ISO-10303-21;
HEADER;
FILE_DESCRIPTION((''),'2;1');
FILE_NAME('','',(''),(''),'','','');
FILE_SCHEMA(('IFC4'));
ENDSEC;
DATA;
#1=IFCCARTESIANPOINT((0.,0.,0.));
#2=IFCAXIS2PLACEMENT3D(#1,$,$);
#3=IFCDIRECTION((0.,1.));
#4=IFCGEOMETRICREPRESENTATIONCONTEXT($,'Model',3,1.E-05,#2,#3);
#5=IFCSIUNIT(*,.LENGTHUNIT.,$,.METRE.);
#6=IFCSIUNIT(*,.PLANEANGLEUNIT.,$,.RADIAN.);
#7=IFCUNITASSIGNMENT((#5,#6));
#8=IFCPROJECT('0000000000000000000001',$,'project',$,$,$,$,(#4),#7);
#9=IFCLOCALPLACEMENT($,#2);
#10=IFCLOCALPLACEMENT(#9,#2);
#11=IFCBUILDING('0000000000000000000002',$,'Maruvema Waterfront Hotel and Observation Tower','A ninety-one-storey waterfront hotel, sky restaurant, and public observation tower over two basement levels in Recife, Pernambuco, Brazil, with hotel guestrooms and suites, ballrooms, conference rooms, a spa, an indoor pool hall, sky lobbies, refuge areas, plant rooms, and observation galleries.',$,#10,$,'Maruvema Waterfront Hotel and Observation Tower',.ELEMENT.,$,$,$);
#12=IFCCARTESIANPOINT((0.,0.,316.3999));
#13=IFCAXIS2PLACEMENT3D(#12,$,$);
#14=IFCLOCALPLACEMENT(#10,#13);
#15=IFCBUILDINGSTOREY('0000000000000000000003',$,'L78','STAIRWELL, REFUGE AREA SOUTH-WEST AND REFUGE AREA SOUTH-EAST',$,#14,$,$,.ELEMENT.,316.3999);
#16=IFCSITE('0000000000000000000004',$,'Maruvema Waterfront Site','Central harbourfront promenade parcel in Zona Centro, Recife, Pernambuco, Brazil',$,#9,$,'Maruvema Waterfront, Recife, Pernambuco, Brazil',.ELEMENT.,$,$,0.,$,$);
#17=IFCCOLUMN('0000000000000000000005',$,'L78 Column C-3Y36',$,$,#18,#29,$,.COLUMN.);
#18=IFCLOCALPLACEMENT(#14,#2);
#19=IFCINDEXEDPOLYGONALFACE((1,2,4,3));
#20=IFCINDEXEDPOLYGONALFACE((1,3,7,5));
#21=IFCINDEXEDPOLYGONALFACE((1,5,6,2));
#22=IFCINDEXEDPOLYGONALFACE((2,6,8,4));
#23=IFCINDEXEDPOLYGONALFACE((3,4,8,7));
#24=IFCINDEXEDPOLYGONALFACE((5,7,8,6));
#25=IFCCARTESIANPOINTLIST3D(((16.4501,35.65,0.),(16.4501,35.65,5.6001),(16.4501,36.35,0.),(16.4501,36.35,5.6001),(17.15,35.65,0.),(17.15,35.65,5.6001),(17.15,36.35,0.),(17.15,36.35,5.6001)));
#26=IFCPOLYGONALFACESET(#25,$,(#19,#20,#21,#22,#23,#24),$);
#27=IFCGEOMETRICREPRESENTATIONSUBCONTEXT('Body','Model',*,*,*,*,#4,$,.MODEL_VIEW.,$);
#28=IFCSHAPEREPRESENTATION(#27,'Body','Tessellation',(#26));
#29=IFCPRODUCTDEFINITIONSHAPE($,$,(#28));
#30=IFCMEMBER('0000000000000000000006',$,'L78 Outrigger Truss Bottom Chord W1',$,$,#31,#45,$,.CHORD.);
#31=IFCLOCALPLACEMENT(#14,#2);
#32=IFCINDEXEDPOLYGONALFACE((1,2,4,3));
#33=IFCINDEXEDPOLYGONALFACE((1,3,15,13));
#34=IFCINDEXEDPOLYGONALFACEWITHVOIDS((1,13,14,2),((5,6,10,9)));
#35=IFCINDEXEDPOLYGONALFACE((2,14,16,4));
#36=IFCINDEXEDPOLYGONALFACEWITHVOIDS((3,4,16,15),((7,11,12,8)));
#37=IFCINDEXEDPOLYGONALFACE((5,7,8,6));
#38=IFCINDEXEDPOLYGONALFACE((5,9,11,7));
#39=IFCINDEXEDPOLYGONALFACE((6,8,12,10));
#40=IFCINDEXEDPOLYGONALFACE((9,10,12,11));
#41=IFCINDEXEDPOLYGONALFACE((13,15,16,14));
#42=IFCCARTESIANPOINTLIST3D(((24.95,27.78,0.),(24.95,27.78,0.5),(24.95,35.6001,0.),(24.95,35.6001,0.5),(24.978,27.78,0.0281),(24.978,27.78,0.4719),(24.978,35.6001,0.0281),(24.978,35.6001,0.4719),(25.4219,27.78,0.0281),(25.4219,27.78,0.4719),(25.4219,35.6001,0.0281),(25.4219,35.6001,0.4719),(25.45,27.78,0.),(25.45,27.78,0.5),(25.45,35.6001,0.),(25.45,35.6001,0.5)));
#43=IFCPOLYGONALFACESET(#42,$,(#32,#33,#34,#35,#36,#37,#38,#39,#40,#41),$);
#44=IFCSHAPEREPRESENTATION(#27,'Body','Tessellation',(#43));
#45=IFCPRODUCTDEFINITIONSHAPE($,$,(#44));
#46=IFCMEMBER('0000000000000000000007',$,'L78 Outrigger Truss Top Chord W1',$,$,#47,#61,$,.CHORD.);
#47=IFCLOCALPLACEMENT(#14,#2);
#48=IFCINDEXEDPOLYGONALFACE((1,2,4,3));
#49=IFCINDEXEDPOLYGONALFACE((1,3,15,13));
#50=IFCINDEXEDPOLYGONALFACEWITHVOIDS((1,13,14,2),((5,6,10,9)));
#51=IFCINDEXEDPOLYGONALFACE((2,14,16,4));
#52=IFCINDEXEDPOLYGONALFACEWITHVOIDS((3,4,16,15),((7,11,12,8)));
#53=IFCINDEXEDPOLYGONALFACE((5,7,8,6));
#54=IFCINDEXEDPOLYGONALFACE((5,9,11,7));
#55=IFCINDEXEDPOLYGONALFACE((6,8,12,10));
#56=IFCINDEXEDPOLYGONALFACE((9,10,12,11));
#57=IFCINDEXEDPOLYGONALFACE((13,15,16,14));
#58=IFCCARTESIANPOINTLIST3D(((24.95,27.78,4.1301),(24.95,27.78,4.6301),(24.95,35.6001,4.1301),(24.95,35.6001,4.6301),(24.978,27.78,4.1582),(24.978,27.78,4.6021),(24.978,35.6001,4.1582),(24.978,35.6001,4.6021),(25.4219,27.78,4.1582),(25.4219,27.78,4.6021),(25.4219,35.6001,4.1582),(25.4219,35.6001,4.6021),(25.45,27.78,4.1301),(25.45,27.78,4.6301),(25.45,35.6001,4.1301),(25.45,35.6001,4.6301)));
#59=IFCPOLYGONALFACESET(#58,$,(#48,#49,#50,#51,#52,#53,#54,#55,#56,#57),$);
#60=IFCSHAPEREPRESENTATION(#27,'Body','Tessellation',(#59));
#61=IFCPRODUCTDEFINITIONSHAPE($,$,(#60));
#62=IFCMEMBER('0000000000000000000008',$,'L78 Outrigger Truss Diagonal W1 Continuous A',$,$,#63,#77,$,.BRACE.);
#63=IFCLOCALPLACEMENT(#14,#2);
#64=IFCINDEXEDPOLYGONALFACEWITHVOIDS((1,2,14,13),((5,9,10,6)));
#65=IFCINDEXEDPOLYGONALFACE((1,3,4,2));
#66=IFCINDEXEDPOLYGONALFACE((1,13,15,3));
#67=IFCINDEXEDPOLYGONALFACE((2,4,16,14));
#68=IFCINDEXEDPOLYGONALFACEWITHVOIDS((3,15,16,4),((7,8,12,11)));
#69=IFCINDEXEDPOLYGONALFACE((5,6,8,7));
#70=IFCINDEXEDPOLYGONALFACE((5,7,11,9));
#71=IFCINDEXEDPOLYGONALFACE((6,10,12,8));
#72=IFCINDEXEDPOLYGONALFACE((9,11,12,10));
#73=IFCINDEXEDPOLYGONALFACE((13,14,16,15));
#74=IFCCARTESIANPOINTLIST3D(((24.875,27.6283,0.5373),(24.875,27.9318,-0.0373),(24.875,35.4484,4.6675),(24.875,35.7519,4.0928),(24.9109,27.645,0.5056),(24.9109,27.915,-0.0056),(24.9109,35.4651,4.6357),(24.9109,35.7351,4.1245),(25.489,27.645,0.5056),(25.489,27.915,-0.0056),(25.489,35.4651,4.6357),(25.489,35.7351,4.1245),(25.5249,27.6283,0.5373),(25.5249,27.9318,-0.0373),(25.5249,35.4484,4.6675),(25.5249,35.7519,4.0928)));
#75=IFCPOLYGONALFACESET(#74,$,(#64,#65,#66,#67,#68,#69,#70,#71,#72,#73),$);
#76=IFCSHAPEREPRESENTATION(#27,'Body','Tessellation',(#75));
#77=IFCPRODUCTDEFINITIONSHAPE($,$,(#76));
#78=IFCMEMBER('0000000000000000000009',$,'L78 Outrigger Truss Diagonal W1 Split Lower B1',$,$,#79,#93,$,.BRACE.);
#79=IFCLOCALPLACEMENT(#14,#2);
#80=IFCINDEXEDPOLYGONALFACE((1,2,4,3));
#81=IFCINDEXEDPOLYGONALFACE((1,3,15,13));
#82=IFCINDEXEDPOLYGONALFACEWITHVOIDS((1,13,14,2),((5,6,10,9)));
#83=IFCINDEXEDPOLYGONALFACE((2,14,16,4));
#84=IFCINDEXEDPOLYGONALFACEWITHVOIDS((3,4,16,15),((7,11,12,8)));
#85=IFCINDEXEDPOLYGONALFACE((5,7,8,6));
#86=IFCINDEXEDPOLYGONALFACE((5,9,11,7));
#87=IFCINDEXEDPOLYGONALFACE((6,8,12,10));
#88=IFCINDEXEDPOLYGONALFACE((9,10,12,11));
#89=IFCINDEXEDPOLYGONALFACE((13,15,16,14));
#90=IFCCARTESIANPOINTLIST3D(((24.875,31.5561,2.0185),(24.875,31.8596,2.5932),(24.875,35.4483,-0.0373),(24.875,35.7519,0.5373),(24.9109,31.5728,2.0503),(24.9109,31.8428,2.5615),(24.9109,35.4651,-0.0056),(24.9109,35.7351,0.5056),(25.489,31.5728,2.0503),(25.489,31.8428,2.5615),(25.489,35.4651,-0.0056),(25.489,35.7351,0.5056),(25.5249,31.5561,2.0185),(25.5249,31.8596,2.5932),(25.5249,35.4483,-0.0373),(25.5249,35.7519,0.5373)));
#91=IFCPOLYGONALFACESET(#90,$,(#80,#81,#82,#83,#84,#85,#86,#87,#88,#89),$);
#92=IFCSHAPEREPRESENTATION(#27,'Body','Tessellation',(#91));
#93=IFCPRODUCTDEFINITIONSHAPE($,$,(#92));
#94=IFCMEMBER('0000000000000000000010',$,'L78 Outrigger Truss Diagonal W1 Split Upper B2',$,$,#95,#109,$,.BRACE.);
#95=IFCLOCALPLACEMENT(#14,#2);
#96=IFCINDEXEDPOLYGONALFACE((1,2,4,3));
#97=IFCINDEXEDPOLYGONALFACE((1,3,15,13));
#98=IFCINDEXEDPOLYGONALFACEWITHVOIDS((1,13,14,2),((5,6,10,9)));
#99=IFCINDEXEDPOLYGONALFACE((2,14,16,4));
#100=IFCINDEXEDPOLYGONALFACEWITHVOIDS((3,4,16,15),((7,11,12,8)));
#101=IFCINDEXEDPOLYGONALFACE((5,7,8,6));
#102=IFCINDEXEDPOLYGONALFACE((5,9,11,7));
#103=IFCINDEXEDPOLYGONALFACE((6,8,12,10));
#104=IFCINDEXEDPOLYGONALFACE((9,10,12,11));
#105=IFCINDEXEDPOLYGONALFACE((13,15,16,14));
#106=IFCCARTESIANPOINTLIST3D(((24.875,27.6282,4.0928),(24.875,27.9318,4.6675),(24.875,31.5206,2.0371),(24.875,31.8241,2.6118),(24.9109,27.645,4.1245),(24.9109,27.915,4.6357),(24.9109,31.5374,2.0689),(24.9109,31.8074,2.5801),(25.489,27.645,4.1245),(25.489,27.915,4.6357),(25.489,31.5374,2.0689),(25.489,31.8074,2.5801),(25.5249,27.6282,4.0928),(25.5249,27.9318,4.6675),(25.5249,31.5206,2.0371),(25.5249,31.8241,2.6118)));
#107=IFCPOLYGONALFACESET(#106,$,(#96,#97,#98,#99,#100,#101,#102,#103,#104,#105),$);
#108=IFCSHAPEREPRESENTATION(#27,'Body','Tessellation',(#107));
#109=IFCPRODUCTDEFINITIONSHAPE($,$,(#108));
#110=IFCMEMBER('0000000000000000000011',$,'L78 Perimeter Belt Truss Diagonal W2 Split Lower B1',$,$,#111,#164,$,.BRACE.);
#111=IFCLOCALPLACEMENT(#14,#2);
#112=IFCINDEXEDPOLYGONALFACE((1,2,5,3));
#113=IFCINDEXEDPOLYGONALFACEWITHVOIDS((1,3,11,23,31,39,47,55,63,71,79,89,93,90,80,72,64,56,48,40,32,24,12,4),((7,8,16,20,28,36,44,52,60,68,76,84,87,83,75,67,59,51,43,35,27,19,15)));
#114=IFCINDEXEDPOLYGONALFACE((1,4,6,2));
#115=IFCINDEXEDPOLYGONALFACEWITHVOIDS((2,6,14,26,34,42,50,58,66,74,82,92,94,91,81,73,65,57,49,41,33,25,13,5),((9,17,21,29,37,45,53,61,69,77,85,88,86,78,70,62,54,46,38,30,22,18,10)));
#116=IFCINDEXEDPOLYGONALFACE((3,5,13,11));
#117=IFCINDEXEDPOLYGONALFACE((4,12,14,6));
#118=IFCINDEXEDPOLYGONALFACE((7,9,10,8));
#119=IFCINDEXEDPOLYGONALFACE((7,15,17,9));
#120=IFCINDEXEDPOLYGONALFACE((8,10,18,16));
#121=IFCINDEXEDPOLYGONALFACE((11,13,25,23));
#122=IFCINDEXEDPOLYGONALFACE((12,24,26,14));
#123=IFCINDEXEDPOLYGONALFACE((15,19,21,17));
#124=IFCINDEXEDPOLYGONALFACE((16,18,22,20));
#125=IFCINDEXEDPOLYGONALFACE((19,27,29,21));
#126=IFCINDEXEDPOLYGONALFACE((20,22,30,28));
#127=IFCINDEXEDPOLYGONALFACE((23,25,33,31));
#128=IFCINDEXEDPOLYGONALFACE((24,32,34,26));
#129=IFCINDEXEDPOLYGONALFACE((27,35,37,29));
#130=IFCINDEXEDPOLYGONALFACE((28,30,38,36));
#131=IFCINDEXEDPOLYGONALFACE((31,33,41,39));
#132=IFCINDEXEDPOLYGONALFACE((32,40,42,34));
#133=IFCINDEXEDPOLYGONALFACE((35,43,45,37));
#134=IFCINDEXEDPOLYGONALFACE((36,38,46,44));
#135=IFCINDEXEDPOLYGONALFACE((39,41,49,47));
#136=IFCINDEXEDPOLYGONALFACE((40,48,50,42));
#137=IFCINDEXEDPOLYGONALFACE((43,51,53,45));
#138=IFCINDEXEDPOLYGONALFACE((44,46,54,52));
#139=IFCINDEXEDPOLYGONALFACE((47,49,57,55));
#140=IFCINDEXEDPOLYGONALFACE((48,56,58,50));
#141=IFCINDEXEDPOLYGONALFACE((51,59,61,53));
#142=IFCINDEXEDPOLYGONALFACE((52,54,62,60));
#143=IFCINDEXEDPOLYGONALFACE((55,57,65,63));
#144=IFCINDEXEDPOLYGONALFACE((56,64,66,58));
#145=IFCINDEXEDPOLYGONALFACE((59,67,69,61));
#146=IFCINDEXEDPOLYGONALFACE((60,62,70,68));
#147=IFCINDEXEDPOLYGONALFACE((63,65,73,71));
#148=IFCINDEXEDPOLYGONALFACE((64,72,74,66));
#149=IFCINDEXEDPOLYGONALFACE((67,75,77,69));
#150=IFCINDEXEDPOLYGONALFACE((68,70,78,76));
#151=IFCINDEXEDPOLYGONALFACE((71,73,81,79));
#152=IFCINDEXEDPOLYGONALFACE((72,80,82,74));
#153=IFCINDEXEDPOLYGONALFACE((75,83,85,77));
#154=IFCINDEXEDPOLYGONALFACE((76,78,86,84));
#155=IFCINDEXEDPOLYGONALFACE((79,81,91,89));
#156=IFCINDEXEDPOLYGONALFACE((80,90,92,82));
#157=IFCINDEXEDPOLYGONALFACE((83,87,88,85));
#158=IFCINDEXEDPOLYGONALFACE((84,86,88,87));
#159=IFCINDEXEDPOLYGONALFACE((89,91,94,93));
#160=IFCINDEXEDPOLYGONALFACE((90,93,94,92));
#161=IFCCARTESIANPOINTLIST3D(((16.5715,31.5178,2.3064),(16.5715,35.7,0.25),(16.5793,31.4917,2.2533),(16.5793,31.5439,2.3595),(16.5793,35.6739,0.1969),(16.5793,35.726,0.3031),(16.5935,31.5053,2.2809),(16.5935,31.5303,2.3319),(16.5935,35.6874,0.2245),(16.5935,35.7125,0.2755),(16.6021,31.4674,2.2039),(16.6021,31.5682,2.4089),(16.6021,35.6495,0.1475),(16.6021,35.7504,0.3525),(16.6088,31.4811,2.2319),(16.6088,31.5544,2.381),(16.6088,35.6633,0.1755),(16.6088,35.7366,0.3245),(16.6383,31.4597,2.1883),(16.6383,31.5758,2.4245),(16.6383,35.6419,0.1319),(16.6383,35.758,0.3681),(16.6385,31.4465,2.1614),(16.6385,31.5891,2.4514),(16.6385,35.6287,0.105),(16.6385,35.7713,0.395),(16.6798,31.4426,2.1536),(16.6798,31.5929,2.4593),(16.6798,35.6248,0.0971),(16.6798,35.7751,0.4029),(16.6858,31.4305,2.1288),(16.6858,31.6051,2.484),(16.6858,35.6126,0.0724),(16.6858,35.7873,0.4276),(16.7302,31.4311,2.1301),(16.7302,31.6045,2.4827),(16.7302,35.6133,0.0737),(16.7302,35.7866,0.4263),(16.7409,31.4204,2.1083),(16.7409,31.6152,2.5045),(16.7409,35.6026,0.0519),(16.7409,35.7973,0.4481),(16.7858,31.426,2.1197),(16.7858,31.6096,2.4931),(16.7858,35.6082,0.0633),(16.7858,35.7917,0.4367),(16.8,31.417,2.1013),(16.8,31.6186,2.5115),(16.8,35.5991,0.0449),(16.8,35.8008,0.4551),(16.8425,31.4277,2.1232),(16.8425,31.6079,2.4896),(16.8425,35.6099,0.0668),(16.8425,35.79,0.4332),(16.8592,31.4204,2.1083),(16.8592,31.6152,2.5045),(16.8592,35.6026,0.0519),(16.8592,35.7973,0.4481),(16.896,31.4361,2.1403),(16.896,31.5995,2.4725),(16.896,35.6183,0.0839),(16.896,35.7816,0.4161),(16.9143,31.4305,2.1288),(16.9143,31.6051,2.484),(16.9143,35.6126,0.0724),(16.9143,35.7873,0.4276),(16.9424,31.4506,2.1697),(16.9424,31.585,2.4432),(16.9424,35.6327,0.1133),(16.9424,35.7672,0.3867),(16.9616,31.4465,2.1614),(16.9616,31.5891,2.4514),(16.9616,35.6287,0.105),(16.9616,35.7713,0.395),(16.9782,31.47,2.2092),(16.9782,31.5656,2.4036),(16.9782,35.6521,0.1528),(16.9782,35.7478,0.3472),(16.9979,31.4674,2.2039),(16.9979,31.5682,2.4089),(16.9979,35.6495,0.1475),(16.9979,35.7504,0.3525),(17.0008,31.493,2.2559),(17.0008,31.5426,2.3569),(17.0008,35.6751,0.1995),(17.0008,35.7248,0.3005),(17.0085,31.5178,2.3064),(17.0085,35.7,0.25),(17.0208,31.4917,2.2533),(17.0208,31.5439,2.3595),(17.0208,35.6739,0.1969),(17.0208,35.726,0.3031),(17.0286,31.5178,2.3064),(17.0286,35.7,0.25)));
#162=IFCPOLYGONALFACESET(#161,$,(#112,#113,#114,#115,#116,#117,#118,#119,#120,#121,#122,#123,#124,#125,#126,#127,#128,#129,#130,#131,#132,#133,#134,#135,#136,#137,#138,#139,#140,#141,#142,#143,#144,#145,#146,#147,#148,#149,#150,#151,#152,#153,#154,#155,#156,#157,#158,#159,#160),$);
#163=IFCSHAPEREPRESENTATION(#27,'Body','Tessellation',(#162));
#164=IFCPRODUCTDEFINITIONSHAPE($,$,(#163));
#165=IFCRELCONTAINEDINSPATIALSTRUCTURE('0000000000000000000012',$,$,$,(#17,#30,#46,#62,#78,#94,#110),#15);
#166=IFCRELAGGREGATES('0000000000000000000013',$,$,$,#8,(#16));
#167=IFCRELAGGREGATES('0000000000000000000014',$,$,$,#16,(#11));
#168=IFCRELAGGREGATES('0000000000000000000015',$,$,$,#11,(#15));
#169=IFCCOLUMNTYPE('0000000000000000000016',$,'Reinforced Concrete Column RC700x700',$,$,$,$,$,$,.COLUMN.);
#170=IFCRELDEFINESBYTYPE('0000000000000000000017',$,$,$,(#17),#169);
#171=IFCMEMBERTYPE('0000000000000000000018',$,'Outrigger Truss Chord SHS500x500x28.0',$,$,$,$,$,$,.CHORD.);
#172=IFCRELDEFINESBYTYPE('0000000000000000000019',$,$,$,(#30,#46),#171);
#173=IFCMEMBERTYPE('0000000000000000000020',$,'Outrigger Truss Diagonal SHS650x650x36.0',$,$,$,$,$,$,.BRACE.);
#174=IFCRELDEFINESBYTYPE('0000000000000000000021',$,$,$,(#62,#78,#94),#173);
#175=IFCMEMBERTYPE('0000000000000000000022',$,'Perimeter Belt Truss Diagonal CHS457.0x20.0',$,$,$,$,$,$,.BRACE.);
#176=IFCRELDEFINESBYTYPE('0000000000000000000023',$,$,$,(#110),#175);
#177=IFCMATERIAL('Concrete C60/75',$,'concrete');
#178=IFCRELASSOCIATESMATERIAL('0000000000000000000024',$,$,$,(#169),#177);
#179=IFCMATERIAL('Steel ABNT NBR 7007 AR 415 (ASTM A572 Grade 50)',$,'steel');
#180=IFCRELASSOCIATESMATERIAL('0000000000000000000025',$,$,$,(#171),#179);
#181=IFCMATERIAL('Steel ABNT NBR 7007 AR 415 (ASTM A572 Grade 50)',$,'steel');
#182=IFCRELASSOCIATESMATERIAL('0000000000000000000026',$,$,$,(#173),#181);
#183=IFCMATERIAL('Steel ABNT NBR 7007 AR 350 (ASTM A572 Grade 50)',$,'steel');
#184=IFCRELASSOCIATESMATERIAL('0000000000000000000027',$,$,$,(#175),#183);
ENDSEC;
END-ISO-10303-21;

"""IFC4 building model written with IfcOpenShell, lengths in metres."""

from ifc_helpers import new_model, si_unit, direction, frame, origin, origin_2d, place, context, subcontext, project, spatial, rectangle, hollow_rectangle, hollow_circle, extrude, material, material_profile, profile_set, type_object, element, save


model = new_model("IFC4")

# Units and contexts
model_context = context("Model", 3, precision=1e-05, world=origin(), true_north=direction((0.0, 1.0)))
body_context = subcontext(model_context, "Body", "Model", "MODEL_VIEW")
ifc_project = project(units=[si_unit("LENGTHUNIT", "METRE"), si_unit("PLANEANGLEUNIT", "RADIAN")], contexts=[model_context])

# Site, building, storey
site_placement = place(None, origin())
site = spatial("IfcSite", under=ifc_project, at=site_placement, Name="Maruvema Waterfront Site", Description="Central harbourfront promenade parcel in Zona Centro, Recife, Pernambuco, Brazil", LongName="Maruvema Waterfront, Recife, Pernambuco, Brazil", CompositionType="ELEMENT", RefElevation=0.0)
building_placement = place(site_placement, origin())
building = spatial("IfcBuilding", under=site, at=building_placement, Name="Maruvema Waterfront Hotel and Observation Tower", Description="A ninety-one-storey waterfront hotel, sky restaurant, and public observation tower over two basement levels in Recife, Pernambuco, Brazil, with hotel guestrooms and suites, ballrooms, conference rooms, a spa, an indoor pool hall, sky lobbies, refuge areas, plant rooms, and observation galleries.", LongName="Maruvema Waterfront Hotel and Observation Tower", CompositionType="ELEMENT")
storey_placement = place(building_placement, frame((0.0, 0.0, 316.3999)))
storey = spatial("IfcBuildingStorey", under=building, at=storey_placement, Name="L78", Description="STAIRWELL, REFUGE AREA SOUTH-WEST AND REFUGE AREA SOUTH-EAST", CompositionType="ELEMENT", Elevation=316.3999)

# Column
ifc_material_1 = material(Name="Concrete C60/75", Category="concrete")
ifc_material_profile_1 = material_profile(ifc_material_1, rectangle(XDim=0.7, YDim=0.7, at=origin_2d()), Name="RC700x700")
ifc_profile_set_1 = profile_set([ifc_material_profile_1], Name="Concrete C60/75")
column_type = type_object("IfcColumnType", Name="Reinforced Concrete Column RC700x700", PredefinedType="COLUMN", material=ifc_profile_set_1)
column_placement = place(storey_placement, frame((16.8, 36.0, 0.0), z_axis=(0.0, 0.0, 1.0), x_axis=(1.0, 0.0, 0.0)))
element("IfcColumn", 1, at=column_placement, inside=storey, type_object=column_type, Name="L78 Column C-3Y36", PredefinedType="COLUMN", context=body_context, shape_type="SweptSolid", body=[
    extrude(rectangle(XDim=0.7, YDim=0.7, at=origin_2d()), origin(), (0.0, 0.0, 1.0), 5.6001),
])

# Members
ifc_material_2 = material(Name="Steel ABNT NBR 7007 AR 415 (ASTM A572 Grade 50)", Category="steel")
ifc_material_profile_2 = material_profile(ifc_material_2, hollow_rectangle(XDim=0.5, YDim=0.5, WallThickness=0.0281, at=origin_2d()), Name="SHS500x500x28.0")
ifc_profile_set_2 = profile_set([ifc_material_profile_2], Name="Steel ABNT NBR 7007 AR 415 (ASTM A572 Grade 50)")
member_type_1 = type_object("IfcMemberType", Name="Outrigger Truss Chord SHS500x500x28.0", PredefinedType="CHORD", material=ifc_profile_set_2)
for number, where, z_axis, x_axis, name in (
    (2, (25.2, 27.78, 0.25), (0.0, 1.0, 0.0), (-1.0, 0.0, 0.0), "L78 Outrigger Truss Bottom Chord W1"),
    (3, (25.2, 27.78, 4.3801), (0.0, 1.0, 0.0), (-1.0, 0.0, 0.0), "L78 Outrigger Truss Top Chord W1"),
):
    element("IfcMember", number, at=place(storey_placement, frame(where, z_axis=z_axis, x_axis=x_axis)), inside=storey, type_object=member_type_1, Name=name, PredefinedType="CHORD", context=body_context, shape_type="SweptSolid", body=[
        extrude(hollow_rectangle(XDim=0.5, YDim=0.5, WallThickness=0.0281, at=origin_2d()), origin(), (0.0, 0.0, 1.0), 7.8201),
    ])
ifc_material_3 = material(Name="Steel ABNT NBR 7007 AR 415 (ASTM A572 Grade 50)", Category="steel")
ifc_material_profile_3 = material_profile(ifc_material_3, hollow_rectangle(XDim=0.6499, YDim=0.6499, WallThickness=0.0359, at=origin_2d()), Name="SHS650x650x36.0")
ifc_profile_set_3 = profile_set([ifc_material_profile_3], Name="Steel ABNT NBR 7007 AR 415 (ASTM A572 Grade 50)")
member_type_2 = type_object("IfcMemberType", Name="Outrigger Truss Diagonal SHS650x650x36.0", PredefinedType="BRACE", material=ifc_profile_set_3)
member_1_placement = place(storey_placement, frame((25.2, 27.78, 0.25), z_axis=(0.0, 0.884251, 0.467012), x_axis=(-1.0, 0.0, 0.0)))
element("IfcMember", 4, at=member_1_placement, inside=storey, type_object=member_type_2, Name="L78 Outrigger Truss Diagonal W1 Continuous A", PredefinedType="BRACE", context=body_context, shape_type="SweptSolid", body=[
    extrude(hollow_rectangle(XDim=0.6499, YDim=0.6499, WallThickness=0.0359, at=origin_2d()), origin(), (0.0, 0.0, 1.0), 8.8438),
])
for number, where, z_axis, x_axis, name in (
    (5, (25.2, 35.6001, 0.25), (0.0, -0.884233, 0.467047), (1.0, 0.0, 0.0), "L78 Outrigger Truss Diagonal W1 Split Lower B1"),
    (6, (25.2, 31.6724, 2.3245), (0.0, -0.884256, 0.467003), (1.0, 0.0, 0.0), "L78 Outrigger Truss Diagonal W1 Split Upper B2"),
):
    element("IfcMember", number, at=place(storey_placement, frame(where, z_axis=z_axis, x_axis=x_axis)), inside=storey, type_object=member_type_2, Name=name, PredefinedType="BRACE", context=body_context, shape_type="SweptSolid", body=[
        extrude(hollow_rectangle(XDim=0.6499, YDim=0.6499, WallThickness=0.0359, at=origin_2d()), origin(), (0.0, 0.0, 1.0), 4.4019),
    ])
ifc_material_4 = material(Name="Steel ABNT NBR 7007 AR 350 (ASTM A572 Grade 50)", Category="steel")
ifc_material_profile_4 = material_profile(ifc_material_4, hollow_circle(Radius=0.2285, WallThickness=0.02, at=origin_2d()), Name="CHS457.0x20.0")
ifc_profile_set_4 = profile_set([ifc_material_profile_4], Name="Steel ABNT NBR 7007 AR 350 (ASTM A572 Grade 50)")
member_type_3 = type_object("IfcMemberType", Name="Perimeter Belt Truss Diagonal CHS457.0x20.0", PredefinedType="BRACE", material=ifc_profile_set_4)
member_2_placement = place(storey_placement, frame((16.8, 35.7, 0.25), z_axis=(0.0, -0.897383, 0.441253), x_axis=(1.0, 0.0, 0.0)))
element("IfcMember", 7, at=member_2_placement, inside=storey, type_object=member_type_3, Name="L78 Perimeter Belt Truss Diagonal W2 Split Lower B1", PredefinedType="BRACE", context=body_context, shape_type="SweptSolid", body=[
    extrude(hollow_circle(Radius=0.2285, WallThickness=0.02, at=origin_2d()), origin(), (0.0, 0.0, 1.0), 4.6604),
])

save(model, "model.ifc")
